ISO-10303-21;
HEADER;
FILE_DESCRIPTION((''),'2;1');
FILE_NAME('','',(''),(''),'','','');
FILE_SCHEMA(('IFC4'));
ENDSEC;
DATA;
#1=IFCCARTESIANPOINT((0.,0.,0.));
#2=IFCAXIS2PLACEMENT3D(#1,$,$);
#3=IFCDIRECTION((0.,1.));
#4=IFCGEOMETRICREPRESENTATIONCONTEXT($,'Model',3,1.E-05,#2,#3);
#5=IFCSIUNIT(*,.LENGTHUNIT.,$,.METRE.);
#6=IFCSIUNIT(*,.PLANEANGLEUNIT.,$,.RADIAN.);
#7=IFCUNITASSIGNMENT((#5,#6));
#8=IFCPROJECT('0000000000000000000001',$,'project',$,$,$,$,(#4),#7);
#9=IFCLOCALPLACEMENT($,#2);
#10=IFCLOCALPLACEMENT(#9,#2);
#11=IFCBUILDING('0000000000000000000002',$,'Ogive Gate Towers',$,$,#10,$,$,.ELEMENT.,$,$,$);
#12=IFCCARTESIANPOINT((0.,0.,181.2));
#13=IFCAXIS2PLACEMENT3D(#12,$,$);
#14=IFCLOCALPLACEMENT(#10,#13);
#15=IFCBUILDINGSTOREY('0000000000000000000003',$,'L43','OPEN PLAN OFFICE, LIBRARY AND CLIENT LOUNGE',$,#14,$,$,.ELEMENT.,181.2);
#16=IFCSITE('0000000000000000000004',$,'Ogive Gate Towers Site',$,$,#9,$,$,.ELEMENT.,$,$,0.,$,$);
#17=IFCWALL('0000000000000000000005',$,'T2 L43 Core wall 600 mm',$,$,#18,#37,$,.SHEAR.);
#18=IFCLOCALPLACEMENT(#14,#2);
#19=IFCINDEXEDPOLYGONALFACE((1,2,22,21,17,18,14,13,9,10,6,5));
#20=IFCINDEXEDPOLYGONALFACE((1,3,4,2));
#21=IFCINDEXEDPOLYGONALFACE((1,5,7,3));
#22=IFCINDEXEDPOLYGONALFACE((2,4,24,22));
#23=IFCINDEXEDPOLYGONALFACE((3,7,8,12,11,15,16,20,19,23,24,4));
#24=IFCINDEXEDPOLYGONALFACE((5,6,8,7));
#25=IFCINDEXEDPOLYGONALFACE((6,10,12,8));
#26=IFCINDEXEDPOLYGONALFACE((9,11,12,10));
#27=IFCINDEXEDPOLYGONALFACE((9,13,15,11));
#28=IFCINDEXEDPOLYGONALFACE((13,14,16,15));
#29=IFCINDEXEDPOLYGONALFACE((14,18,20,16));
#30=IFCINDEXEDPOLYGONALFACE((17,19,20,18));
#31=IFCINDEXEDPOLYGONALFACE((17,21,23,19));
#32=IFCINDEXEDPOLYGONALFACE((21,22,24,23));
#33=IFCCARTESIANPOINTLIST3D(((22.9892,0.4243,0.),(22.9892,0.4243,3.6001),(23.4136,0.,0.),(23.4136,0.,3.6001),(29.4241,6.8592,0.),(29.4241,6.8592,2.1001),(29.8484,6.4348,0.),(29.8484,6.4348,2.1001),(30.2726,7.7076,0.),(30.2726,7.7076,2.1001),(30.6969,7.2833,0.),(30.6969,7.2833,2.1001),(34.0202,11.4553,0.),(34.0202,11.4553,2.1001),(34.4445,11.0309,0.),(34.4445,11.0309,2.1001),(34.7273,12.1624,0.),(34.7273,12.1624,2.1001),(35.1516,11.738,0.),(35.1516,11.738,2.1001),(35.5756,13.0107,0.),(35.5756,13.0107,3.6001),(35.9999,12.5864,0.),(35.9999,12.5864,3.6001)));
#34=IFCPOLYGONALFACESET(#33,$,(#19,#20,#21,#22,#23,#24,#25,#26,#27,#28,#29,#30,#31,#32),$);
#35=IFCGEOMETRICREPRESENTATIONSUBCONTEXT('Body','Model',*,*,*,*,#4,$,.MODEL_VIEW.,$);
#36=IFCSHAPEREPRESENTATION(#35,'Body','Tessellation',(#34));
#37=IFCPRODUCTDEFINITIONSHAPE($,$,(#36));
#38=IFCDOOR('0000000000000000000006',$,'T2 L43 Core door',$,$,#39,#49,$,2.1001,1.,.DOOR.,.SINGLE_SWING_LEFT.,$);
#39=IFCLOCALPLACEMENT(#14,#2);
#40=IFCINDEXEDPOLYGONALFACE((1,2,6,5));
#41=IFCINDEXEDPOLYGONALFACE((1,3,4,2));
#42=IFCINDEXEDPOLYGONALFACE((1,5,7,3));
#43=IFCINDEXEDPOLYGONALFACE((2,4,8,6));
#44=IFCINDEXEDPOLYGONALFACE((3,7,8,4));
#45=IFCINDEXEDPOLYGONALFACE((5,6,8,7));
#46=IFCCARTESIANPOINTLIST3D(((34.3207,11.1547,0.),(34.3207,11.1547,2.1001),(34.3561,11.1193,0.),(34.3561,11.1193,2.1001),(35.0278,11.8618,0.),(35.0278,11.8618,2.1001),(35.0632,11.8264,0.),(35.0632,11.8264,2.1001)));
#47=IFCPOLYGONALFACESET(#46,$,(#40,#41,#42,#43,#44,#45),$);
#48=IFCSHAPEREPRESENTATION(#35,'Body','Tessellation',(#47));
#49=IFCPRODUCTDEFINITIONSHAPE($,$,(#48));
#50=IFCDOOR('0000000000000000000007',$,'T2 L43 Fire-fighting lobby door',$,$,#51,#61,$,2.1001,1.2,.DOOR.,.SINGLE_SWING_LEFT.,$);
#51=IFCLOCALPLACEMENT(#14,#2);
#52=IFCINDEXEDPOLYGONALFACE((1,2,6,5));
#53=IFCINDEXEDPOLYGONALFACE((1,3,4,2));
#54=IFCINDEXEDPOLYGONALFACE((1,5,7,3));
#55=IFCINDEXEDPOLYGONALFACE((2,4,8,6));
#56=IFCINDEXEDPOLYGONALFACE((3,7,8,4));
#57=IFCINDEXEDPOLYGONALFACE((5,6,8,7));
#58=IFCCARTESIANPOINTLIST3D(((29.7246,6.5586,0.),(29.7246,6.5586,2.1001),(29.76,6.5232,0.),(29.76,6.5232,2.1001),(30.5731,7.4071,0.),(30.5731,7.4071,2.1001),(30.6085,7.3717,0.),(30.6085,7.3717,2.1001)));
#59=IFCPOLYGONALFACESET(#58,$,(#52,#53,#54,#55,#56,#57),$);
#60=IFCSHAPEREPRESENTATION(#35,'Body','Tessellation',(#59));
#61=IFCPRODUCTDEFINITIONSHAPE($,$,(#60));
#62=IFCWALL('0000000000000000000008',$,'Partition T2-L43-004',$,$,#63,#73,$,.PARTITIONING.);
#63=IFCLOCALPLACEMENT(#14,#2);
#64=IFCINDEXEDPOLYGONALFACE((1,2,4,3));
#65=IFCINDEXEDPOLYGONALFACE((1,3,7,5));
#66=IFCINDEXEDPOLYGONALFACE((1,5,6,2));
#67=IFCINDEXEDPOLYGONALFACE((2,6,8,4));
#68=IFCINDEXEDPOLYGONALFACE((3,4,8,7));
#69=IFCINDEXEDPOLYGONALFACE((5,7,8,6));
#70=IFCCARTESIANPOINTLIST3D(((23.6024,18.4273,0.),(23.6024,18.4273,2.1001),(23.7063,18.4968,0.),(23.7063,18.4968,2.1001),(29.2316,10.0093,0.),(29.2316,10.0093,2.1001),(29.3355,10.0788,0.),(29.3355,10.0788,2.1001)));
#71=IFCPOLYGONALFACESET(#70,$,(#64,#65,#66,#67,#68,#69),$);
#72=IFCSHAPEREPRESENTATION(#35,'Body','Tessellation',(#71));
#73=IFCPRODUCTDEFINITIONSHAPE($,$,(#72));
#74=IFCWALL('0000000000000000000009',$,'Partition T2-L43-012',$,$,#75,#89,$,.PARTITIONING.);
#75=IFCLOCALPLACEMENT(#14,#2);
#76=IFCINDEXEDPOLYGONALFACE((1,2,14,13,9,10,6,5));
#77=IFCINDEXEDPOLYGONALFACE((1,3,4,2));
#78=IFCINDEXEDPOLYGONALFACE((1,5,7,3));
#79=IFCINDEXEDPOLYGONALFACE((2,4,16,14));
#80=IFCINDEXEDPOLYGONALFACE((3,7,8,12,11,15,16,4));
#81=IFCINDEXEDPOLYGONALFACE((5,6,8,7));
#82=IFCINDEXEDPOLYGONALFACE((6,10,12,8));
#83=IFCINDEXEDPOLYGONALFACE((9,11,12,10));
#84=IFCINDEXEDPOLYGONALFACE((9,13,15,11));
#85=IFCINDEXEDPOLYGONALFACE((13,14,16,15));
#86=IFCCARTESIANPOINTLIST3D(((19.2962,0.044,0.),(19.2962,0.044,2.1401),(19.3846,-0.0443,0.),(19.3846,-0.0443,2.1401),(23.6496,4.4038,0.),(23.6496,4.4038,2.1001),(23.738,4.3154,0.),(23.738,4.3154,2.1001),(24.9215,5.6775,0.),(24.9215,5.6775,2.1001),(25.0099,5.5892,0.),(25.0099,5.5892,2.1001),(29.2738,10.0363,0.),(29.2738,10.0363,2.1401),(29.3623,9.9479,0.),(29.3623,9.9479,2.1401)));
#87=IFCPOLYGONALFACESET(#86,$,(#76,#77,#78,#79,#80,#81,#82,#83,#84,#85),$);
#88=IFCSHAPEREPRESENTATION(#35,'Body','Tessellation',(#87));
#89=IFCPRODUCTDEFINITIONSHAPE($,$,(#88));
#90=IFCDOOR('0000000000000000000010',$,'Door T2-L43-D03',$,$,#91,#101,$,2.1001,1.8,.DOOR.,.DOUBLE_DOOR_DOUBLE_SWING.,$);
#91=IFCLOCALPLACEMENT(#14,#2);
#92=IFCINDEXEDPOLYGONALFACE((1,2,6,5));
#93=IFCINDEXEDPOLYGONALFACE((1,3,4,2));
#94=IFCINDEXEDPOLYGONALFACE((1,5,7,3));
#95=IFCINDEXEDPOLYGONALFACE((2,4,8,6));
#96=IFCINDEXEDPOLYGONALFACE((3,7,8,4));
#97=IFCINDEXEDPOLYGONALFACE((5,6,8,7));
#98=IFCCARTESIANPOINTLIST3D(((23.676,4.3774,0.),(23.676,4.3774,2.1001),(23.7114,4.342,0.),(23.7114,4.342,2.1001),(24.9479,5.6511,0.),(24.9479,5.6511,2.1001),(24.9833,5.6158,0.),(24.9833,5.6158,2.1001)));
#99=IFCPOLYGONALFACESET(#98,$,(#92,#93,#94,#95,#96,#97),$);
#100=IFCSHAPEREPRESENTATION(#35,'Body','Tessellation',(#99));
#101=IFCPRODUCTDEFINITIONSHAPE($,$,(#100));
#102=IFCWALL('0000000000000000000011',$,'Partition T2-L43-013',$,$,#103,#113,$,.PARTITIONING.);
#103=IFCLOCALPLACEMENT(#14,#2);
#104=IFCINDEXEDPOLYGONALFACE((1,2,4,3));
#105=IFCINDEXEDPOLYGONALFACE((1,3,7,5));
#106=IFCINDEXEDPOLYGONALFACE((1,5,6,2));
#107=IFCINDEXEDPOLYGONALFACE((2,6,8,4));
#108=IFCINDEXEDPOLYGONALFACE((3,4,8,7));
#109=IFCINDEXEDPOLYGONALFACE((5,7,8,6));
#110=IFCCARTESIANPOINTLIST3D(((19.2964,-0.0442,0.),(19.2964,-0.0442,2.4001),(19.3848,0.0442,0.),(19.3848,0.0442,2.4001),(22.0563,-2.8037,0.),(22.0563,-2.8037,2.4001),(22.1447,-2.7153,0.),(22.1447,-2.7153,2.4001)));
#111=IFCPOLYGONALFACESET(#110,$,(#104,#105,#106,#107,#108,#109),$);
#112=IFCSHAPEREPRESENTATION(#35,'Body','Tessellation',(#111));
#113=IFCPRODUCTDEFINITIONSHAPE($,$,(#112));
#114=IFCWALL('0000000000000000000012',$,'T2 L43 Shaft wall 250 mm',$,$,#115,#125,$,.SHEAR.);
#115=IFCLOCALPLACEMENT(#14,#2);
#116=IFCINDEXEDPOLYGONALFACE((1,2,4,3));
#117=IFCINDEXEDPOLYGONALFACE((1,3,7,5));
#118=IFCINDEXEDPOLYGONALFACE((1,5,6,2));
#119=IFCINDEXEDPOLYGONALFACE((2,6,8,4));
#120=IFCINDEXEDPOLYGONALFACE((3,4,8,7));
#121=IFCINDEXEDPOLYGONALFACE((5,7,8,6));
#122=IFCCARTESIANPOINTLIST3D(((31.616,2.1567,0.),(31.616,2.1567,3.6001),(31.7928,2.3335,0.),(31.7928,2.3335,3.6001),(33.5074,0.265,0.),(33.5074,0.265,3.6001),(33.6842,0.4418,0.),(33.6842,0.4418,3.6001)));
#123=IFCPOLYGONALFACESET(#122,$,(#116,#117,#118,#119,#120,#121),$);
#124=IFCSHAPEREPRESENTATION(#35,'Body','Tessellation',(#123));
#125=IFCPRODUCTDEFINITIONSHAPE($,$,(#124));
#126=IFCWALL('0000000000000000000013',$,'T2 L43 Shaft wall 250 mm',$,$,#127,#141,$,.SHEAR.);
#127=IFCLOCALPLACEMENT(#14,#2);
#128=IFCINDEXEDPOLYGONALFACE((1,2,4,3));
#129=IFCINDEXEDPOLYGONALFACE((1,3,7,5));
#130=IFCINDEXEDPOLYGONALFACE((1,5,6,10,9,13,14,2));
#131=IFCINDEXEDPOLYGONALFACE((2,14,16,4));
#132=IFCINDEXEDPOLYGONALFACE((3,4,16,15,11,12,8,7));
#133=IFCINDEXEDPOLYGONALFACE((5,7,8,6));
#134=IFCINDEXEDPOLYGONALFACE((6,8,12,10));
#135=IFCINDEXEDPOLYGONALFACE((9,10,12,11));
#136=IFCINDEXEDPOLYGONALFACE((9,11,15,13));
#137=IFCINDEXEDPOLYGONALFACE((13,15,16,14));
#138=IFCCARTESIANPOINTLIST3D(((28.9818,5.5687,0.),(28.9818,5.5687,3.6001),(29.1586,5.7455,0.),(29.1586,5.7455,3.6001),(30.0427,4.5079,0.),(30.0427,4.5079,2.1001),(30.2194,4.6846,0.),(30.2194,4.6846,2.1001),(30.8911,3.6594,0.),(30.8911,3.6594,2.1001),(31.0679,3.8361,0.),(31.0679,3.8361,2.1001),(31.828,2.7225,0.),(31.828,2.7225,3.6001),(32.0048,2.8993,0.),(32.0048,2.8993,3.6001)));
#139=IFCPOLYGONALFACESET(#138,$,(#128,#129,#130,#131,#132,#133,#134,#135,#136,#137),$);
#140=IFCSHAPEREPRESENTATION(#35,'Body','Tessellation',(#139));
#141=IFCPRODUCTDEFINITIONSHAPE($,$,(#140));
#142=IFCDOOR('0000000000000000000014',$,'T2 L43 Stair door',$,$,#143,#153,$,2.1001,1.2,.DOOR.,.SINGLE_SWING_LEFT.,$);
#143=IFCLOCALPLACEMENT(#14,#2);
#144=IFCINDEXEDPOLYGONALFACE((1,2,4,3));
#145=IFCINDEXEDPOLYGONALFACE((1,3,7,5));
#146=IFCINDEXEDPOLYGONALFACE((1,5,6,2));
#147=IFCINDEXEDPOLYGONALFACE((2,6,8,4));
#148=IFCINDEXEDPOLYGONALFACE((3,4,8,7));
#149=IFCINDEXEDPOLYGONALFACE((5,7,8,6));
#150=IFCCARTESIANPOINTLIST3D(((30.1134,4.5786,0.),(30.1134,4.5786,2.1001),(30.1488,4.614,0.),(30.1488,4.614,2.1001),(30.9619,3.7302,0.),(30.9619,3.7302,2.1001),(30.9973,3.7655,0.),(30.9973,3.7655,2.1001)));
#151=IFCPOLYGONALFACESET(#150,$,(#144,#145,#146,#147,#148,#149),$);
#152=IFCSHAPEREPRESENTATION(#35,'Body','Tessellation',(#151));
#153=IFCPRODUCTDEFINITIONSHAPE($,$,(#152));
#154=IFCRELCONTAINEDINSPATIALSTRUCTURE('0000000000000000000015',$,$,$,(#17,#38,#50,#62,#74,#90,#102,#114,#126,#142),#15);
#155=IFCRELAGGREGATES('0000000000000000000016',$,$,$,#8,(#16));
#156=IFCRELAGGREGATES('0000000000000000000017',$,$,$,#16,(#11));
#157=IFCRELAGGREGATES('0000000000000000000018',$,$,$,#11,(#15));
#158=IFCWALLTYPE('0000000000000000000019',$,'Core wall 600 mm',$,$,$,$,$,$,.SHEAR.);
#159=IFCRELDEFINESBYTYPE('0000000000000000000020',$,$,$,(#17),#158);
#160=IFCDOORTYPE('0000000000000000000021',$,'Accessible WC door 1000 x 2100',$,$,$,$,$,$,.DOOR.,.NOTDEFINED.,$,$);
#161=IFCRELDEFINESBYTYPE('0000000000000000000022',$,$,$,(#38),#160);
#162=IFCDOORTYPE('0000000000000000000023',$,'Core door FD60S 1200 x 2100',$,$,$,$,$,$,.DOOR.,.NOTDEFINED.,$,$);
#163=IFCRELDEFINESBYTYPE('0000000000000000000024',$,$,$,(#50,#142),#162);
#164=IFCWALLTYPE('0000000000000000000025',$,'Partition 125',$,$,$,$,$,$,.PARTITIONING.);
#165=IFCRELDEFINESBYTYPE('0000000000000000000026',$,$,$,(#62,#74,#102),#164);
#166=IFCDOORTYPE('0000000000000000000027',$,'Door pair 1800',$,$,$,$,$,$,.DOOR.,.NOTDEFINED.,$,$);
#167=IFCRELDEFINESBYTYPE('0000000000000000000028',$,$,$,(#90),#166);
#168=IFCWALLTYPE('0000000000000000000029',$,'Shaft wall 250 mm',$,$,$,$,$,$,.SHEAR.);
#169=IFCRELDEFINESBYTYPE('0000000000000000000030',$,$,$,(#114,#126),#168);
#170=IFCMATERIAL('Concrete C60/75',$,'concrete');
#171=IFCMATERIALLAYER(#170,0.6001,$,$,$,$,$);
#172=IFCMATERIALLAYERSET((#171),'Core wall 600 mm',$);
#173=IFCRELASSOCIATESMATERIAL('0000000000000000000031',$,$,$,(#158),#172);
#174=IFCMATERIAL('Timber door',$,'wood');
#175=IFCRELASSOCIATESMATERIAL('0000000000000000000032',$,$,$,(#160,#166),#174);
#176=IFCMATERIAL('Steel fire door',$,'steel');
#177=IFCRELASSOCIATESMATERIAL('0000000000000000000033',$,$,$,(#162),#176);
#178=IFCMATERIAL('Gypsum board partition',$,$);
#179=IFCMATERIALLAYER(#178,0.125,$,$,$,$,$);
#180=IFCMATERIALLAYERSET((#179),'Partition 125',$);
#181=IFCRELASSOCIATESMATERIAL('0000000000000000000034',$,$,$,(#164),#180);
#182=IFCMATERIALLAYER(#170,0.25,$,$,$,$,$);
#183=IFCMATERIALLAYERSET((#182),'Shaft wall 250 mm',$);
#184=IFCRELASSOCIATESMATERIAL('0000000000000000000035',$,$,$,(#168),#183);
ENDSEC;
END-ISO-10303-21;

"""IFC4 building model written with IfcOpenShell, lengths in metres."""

from ifc_helpers import new_model, si_unit, direction, frame, frame_2d, origin, place, context, subcontext, project, spatial, rectangle, extrude, material, layer, layer_set, type_object, element, fill, save


model = new_model("IFC4")

# Units and contexts
model_context = context("Model", 3, precision=1e-05, world=origin(), true_north=direction((0.0, 1.0)))
body_context = subcontext(model_context, "Body", "Model", "MODEL_VIEW")
ifc_project = project(units=[si_unit("LENGTHUNIT", "METRE"), si_unit("PLANEANGLEUNIT", "RADIAN")], contexts=[model_context])

# Site, building, storey
site_placement = place(None, origin())
site = spatial("IfcSite", under=ifc_project, at=site_placement, Name="Ogive Gate Towers Site", CompositionType="ELEMENT", RefElevation=0.0)
building_placement = place(site_placement, origin())
building = spatial("IfcBuilding", under=site, at=building_placement, Name="Ogive Gate Towers", CompositionType="ELEMENT")
storey_placement = place(building_placement, frame((0.0, 0.0, 181.2)))
storey = spatial("IfcBuildingStorey", under=building, at=storey_placement, Name="L43", Description="OPEN PLAN OFFICE, LIBRARY AND CLIENT LOUNGE", CompositionType="ELEMENT", Elevation=181.2)

# Wall, openings, doors
ifc_material_1 = material(Name="Concrete C60/75", Category="concrete")
ifc_layer_1 = layer(ifc_material_1, 0.6001)
ifc_layer_set_1 = layer_set([ifc_layer_1], Name="Core wall 600 mm")
wall_type_1 = type_object("IfcWallType", Name="Core wall 600 mm", PredefinedType="SHEAR", material=ifc_layer_set_1)
wall_1_placement = place(storey_placement, frame((23.2014, 0.2122, 0.0), z_axis=(0.0, 0.0, 1.0), x_axis=(0.707107, 0.707107, 0.0)))
wall_1 = element("IfcWall", 1, at=wall_1_placement, inside=storey, type_object=wall_type_1, Name="T2 L43 Core wall 600 mm", PredefinedType="SHEAR", context=body_context, shape_type="SweptSolid", body=[
    extrude(rectangle(XDim=17.7998, YDim=0.6001, at=frame_2d((8.8999, 0.0))), origin(), (0.0, 0.0, 1.0), 3.6001),
])
opening_1_placement = place(wall_1_placement, frame((9.1001, 0.0, 0.0)))
opening_1 = element("IfcOpeningElement", 2, at=opening_1_placement, cuts=wall_1, PredefinedType="OPENING", context=body_context, shape_type="SweptSolid", body=[
    extrude(rectangle(XDim=1.2, YDim=2.1001, at=frame_2d((0.6001, 1.05))), frame((0.0, 0.3101, 0.0), z_axis=(0.0, -1.0, 0.0), x_axis=(1.0, 0.0, 0.0)), (0.0, 0.0, 1.0), 0.6201),
])
opening_2_placement = place(wall_1_placement, frame((15.6001, 0.0, 0.0)))
opening_2 = element("IfcOpeningElement", 3, at=opening_2_placement, cuts=wall_1, PredefinedType="OPENING", context=body_context, shape_type="SweptSolid", body=[
    extrude(rectangle(XDim=1.0, YDim=2.1001, at=frame_2d((0.5, 1.05))), frame((0.0, 0.3101, 0.0), z_axis=(0.0, -1.0, 0.0), x_axis=(1.0, 0.0, 0.0)), (0.0, 0.0, 1.0), 0.6201),
])
ifc_material_2 = material(Name="Timber door", Category="wood")
door_type_1 = type_object("IfcDoorType", Name="Accessible WC door 1000 x 2100", OperationType="NOTDEFINED", PredefinedType="DOOR", material=ifc_material_2)
door_1_placement = place(opening_2_placement, origin())
door_1 = element("IfcDoor", 4, at=door_1_placement, inside=storey, type_object=door_type_1, Name="T2 L43 Core door", OperationType="SINGLE_SWING_LEFT", OverallHeight=2.1001, OverallWidth=1.0, PredefinedType="DOOR", context=body_context, shape_type="SweptSolid", body=[
    extrude(rectangle(XDim=1.0, YDim=2.1001, at=frame_2d((0.5, 1.05))), frame((0.0, -0.125, 0.0), z_axis=(0.0, -1.0, 0.0), x_axis=(1.0, 0.0, 0.0)), (0.0, 0.0, 1.0), 0.05),
])
fill(opening_2, door_1)
ifc_material_3 = material(Name="Steel fire door", Category="steel")
door_type_2 = type_object("IfcDoorType", Name="Core door FD60S 1200 x 2100", OperationType="NOTDEFINED", PredefinedType="DOOR", material=ifc_material_3)
door_2_placement = place(opening_1_placement, origin())
door_2 = element("IfcDoor", 5, at=door_2_placement, inside=storey, type_object=door_type_2, Name="T2 L43 Fire-fighting lobby door", OperationType="SINGLE_SWING_LEFT", OverallHeight=2.1001, OverallWidth=1.2, PredefinedType="DOOR", context=body_context, shape_type="SweptSolid", body=[
    extrude(rectangle(XDim=1.2, YDim=2.1001, at=frame_2d((0.6001, 1.05))), frame((0.0, -0.125, 0.0), z_axis=(0.0, -1.0, 0.0), x_axis=(1.0, 0.0, 0.0)), (0.0, 0.0, 1.0), 0.05),
])
fill(opening_1, door_2)

# Wall
ifc_material_4 = material(Name="Gypsum board partition")
ifc_layer_2 = layer(ifc_material_4, 0.125)
ifc_layer_set_2 = layer_set([ifc_layer_2], Name="Partition 125")
wall_type_2 = type_object("IfcWallType", Name="Partition 125", PredefinedType="PARTITIONING", material=ifc_layer_set_2)
wall_2_placement = place(storey_placement, frame((23.6543, 18.4622, 0.0), z_axis=(0.0, 0.0, 1.0), x_axis=(0.555874, -0.831267, 0.0)))
element("IfcWall", 6, at=wall_2_placement, inside=storey, type_object=wall_type_2, Name="Partition T2-L43-004", PredefinedType="PARTITIONING", context=body_context, shape_type="SweptSolid", body=[
    extrude(rectangle(XDim=10.1267, YDim=0.125, at=frame_2d((5.0635, 0.0))), origin(), (0.0, 0.0, 1.0), 2.1001),
])

# Wall, opening, door
wall_3_placement = place(storey_placement, frame((29.3181, 9.9922, 0.0), z_axis=(0.0, 0.0, 1.0), x_axis=(-0.706588, -0.707625, 0.0)))
wall_3 = element("IfcWall", 7, at=wall_3_placement, inside=storey, type_object=wall_type_2, Name="Partition T2-L43-012", PredefinedType="PARTITIONING", context=body_context, shape_type="SweptSolid", body=[
    extrude(rectangle(XDim=14.1208, YDim=0.125, at=frame_2d((7.0605, 0.0))), origin(), (0.0, 0.0, 1.0), 2.1401),
])
opening_3_placement = place(wall_3_placement, frame((6.1599, 0.0, 0.0)))
opening_3 = element("IfcOpeningElement", 8, at=opening_3_placement, cuts=wall_3, PredefinedType="OPENING", context=body_context, shape_type="SweptSolid", body=[
    extrude(rectangle(XDim=1.8, YDim=2.1001, at=frame_2d((0.8999, 1.05))), frame((0.0, 0.0725, 0.0), z_axis=(0.0, -1.0, 0.0), x_axis=(1.0, 0.0, 0.0)), (0.0, 0.0, 1.0), 0.145),
])
door_type_3 = type_object("IfcDoorType", Name="Door pair 1800", OperationType="NOTDEFINED", PredefinedType="DOOR", material=ifc_material_2)
door_3_placement = place(opening_3_placement, origin())
door_3 = element("IfcDoor", 9, at=door_3_placement, inside=storey, type_object=door_type_3, Name="Door T2-L43-D03", OperationType="DOUBLE_DOOR_DOUBLE_SWING", OverallHeight=2.1001, OverallWidth=1.8, PredefinedType="DOOR", context=body_context, shape_type="SweptSolid", body=[
    extrude(rectangle(XDim=1.8, YDim=2.1001, at=frame_2d((0.8999, 1.05))), frame((0.0, 0.0249, 0.0), z_axis=(0.0, -1.0, 0.0), x_axis=(1.0, 0.0, 0.0)), (0.0, 0.0, 1.0), 0.05),
])
fill(opening_3, door_3)

# Walls
wall_4_placement = place(storey_placement, frame((19.3406, 0.0, 0.0), z_axis=(0.0, 0.0, 1.0), x_axis=(0.707169, -0.707044, 0.0)))
element("IfcWall", 10, at=wall_4_placement, inside=storey, type_object=wall_type_2, Name="Partition T2-L43-013", PredefinedType="PARTITIONING", context=body_context, shape_type="SweptSolid", body=[
    extrude(rectangle(XDim=3.9028, YDim=0.125, at=frame_2d((1.9514, 0.0))), origin(), (0.0, 0.0, 1.0), 2.4001),
])
ifc_layer_3 = layer(ifc_material_1, 0.25)
ifc_layer_set_3 = layer_set([ifc_layer_3], Name="Shaft wall 250 mm")
wall_type_3 = type_object("IfcWallType", Name="Shaft wall 250 mm", PredefinedType="SHEAR", material=ifc_layer_set_3)
wall_5_placement = place(storey_placement, frame((33.5957, 0.3535, 0.0), z_axis=(0.0, 0.0, 1.0), x_axis=(-0.707061, 0.707152, 0.0)))
element("IfcWall", 11, at=wall_5_placement, inside=storey, type_object=wall_type_3, Name="T2 L43 Shaft wall 250 mm", PredefinedType="SHEAR", context=body_context, shape_type="SweptSolid", body=[
    extrude(rectangle(XDim=2.675, YDim=0.25, at=frame_2d((1.3374, 0.0))), origin(), (0.0, 0.0, 1.0), 3.6001),
])

# Wall, opening, door
wall_6_placement = place(storey_placement, frame((31.9165, 2.8108, 0.0), z_axis=(0.0, 0.0, 1.0), x_axis=(-0.707107, 0.707107, 0.0)))
wall_6 = element("IfcWall", 12, at=wall_6_placement, inside=storey, type_object=wall_type_3, Name="T2 L43 Shaft wall 250 mm", PredefinedType="SHEAR", context=body_context, shape_type="SweptSolid", body=[
    extrude(rectangle(XDim=4.0251, YDim=0.25, at=frame_2d((2.0127, 0.0))), origin(), (0.0, 0.0, 1.0), 3.6001),
])
opening_4_placement = place(wall_6_placement, frame((1.325, 0.0, 0.0)))
opening_4 = element("IfcOpeningElement", 13, at=opening_4_placement, cuts=wall_6, PredefinedType="OPENING", context=body_context, shape_type="SweptSolid", body=[
    extrude(rectangle(XDim=1.2, YDim=2.1001, at=frame_2d((0.6001, 1.05))), frame((0.0, 0.135, 0.0), z_axis=(0.0, -1.0, 0.0), x_axis=(1.0, 0.0, 0.0)), (0.0, 0.0, 1.0), 0.27),
])
door_4_placement = place(opening_4_placement, origin())
door_4 = element("IfcDoor", 14, at=door_4_placement, inside=storey, type_object=door_type_2, Name="T2 L43 Stair door", OperationType="SINGLE_SWING_LEFT", OverallHeight=2.1001, OverallWidth=1.2, PredefinedType="DOOR", context=body_context, shape_type="SweptSolid", body=[
    extrude(rectangle(XDim=1.2, YDim=2.1001, at=frame_2d((0.6001, 1.05))), frame((0.0, 0.0249, 0.0), z_axis=(0.0, -1.0, 0.0), x_axis=(1.0, 0.0, 0.0)), (0.0, 0.0, 1.0), 0.05),
])
fill(opening_4, door_4)

save(model, "model.ifc")
